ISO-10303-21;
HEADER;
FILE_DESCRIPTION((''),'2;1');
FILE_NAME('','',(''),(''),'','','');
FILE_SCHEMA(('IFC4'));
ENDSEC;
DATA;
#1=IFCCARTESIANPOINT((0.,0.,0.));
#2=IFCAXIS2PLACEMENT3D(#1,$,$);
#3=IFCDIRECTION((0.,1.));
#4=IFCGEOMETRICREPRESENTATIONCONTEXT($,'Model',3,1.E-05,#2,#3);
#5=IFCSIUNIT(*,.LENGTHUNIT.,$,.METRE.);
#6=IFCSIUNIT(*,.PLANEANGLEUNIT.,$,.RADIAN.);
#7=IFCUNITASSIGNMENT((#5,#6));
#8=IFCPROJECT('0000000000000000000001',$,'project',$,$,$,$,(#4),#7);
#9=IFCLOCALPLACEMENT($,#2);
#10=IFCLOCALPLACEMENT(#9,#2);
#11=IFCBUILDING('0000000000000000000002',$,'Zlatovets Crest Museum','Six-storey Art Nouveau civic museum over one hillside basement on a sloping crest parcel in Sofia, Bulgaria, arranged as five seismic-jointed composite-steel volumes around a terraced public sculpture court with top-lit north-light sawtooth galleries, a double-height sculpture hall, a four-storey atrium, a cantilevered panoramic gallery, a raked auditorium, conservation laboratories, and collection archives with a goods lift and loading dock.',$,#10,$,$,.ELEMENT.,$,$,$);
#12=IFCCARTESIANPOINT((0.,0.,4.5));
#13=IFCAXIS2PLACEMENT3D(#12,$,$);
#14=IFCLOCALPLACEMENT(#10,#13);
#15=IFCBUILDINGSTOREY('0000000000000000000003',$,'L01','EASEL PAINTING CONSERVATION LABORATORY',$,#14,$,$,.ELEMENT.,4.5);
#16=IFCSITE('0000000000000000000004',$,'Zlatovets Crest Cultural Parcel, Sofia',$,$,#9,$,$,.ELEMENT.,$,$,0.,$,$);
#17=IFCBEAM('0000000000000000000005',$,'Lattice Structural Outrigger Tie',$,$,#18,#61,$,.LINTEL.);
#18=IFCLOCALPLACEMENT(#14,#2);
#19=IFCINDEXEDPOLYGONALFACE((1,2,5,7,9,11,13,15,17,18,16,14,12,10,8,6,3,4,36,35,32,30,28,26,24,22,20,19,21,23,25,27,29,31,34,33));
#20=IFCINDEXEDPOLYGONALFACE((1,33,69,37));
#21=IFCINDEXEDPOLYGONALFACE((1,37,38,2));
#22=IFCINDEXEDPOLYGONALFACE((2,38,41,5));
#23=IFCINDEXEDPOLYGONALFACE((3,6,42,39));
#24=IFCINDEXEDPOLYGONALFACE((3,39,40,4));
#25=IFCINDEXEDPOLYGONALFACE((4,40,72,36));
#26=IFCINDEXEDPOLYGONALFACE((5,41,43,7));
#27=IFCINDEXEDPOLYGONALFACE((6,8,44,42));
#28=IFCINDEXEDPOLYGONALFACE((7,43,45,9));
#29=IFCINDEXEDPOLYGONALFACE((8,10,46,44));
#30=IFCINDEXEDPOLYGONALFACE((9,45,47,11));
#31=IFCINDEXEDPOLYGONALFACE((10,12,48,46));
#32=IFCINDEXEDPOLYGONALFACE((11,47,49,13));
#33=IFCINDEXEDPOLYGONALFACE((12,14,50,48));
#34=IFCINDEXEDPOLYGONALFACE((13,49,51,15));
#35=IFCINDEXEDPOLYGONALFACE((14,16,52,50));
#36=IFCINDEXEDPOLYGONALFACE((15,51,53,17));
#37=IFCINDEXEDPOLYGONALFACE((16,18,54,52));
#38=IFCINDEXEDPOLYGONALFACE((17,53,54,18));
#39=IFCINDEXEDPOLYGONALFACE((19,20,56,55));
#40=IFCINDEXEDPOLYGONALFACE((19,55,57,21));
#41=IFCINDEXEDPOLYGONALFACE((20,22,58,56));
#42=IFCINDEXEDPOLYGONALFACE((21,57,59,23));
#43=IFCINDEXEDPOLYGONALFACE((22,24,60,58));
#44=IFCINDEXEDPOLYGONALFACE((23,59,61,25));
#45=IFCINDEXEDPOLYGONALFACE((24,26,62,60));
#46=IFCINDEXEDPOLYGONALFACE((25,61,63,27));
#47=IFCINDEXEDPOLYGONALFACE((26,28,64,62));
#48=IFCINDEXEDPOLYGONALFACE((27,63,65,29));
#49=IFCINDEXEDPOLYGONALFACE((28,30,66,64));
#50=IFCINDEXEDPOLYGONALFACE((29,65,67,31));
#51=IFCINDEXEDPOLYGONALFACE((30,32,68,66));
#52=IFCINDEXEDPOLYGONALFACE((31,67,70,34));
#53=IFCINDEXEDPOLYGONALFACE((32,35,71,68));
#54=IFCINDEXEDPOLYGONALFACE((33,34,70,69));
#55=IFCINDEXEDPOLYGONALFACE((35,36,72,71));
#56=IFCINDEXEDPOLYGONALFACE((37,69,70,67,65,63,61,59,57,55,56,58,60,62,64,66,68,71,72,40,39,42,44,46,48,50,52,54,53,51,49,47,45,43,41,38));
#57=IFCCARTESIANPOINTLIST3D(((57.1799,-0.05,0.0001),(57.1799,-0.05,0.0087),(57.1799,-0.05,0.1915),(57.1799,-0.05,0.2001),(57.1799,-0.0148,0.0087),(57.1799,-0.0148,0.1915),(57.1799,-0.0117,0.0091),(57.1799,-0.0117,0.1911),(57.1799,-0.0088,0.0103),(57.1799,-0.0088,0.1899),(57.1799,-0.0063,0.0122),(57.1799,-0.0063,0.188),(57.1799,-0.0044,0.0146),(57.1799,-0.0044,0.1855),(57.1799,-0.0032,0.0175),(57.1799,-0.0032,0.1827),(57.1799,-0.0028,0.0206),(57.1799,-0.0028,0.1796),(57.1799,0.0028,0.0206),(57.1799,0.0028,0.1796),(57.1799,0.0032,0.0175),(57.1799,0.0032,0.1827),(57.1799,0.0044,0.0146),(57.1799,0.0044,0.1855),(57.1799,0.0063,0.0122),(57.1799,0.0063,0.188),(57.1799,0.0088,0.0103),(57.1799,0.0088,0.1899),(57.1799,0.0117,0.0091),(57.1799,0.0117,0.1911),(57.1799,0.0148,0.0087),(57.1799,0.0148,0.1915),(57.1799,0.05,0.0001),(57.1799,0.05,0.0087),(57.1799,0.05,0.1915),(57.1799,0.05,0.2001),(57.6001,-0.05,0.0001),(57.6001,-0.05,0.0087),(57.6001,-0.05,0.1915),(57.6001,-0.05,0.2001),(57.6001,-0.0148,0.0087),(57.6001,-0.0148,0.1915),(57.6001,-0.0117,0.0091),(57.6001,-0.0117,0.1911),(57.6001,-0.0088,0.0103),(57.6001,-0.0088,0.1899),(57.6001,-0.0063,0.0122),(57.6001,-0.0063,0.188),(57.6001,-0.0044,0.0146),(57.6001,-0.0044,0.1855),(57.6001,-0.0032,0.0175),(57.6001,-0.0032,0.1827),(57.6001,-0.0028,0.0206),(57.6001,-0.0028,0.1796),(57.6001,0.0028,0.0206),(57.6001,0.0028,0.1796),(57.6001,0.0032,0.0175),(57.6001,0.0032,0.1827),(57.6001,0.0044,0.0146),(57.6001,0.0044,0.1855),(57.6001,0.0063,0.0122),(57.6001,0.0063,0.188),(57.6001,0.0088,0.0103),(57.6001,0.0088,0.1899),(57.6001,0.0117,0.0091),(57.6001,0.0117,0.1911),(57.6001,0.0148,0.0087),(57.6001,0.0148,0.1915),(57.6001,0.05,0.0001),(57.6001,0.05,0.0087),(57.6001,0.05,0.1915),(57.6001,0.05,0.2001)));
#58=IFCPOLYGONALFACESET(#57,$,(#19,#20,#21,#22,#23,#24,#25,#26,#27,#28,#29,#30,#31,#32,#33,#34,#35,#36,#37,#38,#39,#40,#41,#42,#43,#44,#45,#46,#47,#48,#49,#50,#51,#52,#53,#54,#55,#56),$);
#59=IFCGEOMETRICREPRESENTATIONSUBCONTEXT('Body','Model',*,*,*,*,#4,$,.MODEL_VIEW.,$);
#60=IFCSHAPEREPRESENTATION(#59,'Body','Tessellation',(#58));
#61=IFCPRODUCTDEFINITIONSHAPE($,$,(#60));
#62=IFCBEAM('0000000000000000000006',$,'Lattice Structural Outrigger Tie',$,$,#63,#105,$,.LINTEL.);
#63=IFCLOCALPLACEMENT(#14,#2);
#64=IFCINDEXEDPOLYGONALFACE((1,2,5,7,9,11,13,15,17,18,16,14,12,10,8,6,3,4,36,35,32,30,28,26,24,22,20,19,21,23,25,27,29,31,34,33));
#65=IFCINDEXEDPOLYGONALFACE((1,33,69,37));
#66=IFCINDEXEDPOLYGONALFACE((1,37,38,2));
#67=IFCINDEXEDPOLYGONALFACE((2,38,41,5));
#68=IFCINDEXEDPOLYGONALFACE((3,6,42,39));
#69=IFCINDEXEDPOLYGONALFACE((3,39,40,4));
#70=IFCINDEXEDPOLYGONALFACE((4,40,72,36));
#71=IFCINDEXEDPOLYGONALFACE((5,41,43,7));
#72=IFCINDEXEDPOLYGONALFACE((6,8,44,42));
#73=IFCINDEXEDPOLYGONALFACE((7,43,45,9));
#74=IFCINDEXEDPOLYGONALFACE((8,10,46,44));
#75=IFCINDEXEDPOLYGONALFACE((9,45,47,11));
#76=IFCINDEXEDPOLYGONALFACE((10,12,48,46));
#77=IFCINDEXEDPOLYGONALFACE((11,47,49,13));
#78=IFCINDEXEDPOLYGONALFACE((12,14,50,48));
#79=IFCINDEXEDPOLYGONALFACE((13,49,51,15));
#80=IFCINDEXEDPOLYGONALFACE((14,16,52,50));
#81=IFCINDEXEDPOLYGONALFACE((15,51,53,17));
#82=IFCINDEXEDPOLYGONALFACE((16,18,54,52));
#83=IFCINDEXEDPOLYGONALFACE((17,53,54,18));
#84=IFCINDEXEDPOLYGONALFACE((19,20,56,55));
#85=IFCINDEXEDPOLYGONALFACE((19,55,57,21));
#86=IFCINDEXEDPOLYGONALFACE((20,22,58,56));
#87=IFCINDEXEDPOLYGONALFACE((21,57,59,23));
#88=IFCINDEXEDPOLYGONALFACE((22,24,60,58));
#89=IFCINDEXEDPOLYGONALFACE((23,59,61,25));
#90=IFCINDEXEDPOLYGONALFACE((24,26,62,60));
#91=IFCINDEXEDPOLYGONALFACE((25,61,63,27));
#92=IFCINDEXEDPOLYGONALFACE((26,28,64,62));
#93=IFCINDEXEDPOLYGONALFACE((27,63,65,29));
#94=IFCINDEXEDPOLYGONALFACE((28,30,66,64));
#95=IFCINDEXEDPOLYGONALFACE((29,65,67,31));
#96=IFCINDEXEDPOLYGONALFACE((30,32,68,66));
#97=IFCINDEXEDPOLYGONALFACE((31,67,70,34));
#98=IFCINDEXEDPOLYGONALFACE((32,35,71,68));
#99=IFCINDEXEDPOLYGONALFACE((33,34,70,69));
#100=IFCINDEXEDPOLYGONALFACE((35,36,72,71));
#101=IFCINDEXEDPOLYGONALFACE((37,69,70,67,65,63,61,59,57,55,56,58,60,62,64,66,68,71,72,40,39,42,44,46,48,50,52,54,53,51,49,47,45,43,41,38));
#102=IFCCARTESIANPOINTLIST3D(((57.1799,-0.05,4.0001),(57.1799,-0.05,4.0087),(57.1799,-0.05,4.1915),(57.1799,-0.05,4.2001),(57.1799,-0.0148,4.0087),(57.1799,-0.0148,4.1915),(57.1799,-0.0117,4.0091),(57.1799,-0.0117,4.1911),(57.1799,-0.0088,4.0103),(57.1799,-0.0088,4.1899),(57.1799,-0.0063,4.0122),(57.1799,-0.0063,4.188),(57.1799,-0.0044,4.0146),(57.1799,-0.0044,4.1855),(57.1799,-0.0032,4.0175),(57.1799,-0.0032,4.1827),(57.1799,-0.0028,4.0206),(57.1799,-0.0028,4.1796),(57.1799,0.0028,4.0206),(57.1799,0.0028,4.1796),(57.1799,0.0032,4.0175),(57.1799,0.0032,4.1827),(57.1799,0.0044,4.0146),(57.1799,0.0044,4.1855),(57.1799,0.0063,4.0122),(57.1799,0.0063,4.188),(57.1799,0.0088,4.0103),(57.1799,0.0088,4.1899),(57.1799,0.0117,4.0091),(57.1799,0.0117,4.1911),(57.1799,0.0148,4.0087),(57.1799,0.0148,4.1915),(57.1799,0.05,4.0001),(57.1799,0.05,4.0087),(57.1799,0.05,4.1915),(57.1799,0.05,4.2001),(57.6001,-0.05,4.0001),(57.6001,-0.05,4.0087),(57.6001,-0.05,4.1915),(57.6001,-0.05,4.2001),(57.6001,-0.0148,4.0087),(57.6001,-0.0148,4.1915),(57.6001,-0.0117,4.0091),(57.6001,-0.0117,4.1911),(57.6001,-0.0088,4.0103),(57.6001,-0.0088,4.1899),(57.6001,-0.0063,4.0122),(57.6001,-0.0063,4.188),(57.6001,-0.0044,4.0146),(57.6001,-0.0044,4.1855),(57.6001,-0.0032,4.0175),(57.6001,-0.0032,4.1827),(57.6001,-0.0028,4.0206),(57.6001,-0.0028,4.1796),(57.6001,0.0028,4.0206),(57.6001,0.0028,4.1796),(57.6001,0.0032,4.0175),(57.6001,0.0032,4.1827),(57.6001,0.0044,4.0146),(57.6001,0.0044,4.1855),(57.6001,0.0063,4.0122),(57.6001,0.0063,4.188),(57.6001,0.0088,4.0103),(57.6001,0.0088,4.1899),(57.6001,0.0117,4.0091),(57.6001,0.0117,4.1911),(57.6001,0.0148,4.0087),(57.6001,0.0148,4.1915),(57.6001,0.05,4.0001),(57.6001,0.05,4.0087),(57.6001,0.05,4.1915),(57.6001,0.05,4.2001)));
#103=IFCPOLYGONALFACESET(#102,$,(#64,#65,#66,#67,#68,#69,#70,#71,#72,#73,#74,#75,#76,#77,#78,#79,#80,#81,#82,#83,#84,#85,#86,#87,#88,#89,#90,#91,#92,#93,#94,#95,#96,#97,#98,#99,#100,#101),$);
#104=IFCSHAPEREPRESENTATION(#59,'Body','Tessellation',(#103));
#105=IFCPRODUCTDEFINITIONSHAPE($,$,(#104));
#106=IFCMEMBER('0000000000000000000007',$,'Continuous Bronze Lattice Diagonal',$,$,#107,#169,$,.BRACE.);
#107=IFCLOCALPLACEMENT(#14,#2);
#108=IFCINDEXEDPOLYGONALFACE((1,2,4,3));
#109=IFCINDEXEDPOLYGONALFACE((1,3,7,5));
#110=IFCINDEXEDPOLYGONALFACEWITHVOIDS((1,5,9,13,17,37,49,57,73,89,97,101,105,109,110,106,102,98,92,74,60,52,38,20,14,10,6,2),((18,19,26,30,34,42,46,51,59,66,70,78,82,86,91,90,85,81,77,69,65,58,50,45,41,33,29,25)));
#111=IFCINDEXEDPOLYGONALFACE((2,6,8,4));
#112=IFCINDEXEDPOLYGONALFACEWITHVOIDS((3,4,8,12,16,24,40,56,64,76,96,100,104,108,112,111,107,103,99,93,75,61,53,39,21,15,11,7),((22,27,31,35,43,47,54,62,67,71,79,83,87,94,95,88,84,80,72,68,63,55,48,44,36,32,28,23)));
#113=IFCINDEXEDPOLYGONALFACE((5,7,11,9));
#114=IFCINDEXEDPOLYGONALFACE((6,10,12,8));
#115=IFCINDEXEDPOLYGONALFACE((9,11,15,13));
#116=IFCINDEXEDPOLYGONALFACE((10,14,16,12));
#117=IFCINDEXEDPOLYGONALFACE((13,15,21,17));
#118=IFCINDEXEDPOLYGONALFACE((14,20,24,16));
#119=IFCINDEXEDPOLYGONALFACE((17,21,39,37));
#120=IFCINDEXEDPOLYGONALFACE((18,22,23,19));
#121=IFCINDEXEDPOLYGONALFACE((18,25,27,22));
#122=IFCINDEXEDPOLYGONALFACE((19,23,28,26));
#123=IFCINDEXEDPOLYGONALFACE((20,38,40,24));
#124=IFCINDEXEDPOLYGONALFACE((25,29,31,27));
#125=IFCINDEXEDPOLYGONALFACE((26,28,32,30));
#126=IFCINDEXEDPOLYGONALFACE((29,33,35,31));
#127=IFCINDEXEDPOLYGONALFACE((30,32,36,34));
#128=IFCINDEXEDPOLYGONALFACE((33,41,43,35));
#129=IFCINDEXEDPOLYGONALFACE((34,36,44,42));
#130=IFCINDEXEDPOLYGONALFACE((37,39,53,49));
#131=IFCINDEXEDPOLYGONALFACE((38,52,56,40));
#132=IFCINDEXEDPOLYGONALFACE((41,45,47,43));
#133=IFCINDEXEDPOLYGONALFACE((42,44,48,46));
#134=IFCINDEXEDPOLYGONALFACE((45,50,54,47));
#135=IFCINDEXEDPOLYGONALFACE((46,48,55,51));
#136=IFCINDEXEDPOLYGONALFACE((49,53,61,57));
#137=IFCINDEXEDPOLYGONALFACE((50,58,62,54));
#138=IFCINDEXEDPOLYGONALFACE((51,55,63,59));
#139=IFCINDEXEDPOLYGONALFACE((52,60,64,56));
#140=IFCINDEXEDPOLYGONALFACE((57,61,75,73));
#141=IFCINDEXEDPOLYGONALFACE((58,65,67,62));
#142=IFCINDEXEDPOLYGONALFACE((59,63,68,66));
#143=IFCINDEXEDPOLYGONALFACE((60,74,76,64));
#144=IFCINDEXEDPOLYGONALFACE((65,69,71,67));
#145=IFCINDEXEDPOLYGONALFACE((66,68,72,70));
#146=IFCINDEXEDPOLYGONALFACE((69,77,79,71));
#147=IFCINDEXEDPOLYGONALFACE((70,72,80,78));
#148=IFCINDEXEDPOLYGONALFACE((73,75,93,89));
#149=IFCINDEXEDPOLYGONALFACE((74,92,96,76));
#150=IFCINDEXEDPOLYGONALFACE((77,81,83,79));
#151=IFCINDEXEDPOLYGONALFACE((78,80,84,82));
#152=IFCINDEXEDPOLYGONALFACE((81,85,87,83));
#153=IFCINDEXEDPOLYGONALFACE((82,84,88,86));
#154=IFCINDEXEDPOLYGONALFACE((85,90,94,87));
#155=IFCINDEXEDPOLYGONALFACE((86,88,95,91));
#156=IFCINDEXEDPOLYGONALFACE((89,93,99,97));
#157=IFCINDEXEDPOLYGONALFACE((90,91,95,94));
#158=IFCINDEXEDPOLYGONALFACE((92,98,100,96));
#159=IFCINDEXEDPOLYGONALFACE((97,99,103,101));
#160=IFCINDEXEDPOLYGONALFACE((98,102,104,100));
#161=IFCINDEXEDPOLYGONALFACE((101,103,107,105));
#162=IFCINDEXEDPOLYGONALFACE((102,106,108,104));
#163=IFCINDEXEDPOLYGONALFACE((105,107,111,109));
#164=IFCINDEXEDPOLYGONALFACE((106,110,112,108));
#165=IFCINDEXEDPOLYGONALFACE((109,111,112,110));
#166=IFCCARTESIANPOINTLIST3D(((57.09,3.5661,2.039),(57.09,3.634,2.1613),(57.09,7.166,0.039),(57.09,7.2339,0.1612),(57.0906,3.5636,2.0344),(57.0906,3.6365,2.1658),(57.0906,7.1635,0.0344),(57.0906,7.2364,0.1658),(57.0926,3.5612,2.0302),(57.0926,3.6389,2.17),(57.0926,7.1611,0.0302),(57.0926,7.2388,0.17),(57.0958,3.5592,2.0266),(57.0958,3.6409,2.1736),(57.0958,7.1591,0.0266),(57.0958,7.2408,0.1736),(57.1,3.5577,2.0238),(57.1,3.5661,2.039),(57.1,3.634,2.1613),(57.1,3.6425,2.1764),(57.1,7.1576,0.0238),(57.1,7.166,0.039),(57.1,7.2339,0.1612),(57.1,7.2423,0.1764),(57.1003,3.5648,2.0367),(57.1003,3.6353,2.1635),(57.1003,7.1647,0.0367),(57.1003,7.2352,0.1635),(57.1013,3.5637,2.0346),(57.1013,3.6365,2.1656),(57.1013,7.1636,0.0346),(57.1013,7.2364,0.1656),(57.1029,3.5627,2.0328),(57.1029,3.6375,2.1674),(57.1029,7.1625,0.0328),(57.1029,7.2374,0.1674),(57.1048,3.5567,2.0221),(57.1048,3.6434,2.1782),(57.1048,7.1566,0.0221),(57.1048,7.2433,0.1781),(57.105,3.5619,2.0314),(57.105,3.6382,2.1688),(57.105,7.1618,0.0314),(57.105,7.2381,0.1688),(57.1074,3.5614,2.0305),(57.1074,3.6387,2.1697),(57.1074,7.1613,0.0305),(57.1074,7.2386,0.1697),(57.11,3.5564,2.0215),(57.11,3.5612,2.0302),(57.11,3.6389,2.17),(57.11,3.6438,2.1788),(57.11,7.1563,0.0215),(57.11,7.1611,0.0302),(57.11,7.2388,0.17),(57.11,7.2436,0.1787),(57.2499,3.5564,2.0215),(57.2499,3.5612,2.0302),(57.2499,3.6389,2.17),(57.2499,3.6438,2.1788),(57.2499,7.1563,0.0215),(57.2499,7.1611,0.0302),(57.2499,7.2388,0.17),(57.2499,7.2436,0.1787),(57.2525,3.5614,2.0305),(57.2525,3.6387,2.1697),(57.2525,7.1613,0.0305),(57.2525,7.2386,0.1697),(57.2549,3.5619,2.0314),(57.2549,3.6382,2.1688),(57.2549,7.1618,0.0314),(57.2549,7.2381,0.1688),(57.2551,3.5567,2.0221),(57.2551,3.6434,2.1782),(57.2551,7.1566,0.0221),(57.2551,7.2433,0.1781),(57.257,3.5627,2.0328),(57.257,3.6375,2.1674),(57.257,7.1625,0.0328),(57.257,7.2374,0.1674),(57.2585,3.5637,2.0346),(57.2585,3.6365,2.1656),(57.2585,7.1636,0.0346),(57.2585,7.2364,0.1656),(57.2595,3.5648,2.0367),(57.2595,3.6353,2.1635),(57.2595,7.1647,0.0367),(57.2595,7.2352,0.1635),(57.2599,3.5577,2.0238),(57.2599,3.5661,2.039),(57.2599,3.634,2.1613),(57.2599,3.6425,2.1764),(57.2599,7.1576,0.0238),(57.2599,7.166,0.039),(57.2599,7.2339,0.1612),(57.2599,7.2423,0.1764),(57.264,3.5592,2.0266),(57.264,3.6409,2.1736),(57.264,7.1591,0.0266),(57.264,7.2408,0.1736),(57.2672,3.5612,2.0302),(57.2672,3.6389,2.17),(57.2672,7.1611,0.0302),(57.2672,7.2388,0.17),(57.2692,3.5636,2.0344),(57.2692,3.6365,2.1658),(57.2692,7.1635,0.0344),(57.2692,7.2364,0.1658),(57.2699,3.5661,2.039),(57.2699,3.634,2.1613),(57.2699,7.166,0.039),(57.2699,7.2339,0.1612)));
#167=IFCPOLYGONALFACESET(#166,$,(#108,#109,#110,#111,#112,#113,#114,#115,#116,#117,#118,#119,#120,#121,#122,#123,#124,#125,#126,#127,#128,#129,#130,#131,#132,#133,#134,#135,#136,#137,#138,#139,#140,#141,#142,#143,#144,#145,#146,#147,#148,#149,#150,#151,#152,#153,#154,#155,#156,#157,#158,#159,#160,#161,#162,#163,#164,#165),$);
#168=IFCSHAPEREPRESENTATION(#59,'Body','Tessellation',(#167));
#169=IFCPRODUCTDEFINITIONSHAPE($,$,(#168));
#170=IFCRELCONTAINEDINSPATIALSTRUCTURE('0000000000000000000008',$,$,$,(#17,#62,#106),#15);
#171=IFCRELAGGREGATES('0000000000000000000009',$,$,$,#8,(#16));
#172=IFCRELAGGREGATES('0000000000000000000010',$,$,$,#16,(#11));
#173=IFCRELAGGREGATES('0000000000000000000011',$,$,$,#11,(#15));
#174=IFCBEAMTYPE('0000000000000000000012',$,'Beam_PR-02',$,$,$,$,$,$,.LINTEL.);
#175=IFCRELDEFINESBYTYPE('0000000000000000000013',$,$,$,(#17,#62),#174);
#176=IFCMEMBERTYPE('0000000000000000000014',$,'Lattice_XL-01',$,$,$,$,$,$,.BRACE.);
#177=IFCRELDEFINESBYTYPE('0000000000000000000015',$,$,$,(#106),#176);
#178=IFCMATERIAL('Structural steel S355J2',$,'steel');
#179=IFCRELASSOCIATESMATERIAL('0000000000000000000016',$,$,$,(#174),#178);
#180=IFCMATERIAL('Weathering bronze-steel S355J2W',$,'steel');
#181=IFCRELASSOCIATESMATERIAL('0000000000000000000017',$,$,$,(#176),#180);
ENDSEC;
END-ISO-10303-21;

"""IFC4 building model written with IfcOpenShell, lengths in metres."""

from ifc_helpers import new_model, si_unit, direction, frame, origin, origin_2d, place, context, subcontext, project, spatial, hollow_rectangle, i_section, extrude, material, material_profile, profile_set, type_object, element, save


model = new_model("IFC4")

# Units and contexts
model_context = context("Model", 3, precision=1e-05, world=origin(), true_north=direction((0.0, 1.0)))
body_context = subcontext(model_context, "Body", "Model", "MODEL_VIEW")
ifc_project = project(units=[si_unit("LENGTHUNIT", "METRE"), si_unit("PLANEANGLEUNIT", "RADIAN")], contexts=[model_context])

# Site, building, storey
site_placement = place(None, origin())
site = spatial("IfcSite", under=ifc_project, at=site_placement, Name="Zlatovets Crest Cultural Parcel, Sofia", CompositionType="ELEMENT", RefElevation=0.0)
building_placement = place(site_placement, origin())
building = spatial("IfcBuilding", under=site, at=building_placement, Name="Zlatovets Crest Museum", Description="Six-storey Art Nouveau civic museum over one hillside basement on a sloping crest parcel in Sofia, Bulgaria, arranged as five seismic-jointed composite-steel volumes around a terraced public sculpture court with top-lit north-light sawtooth galleries, a double-height sculpture hall, a four-storey atrium, a cantilevered panoramic gallery, a raked auditorium, conservation laboratories, and collection archives with a goods lift and loading dock.", CompositionType="ELEMENT")
storey_placement = place(building_placement, frame((0.0, 0.0, 4.5)))
storey = spatial("IfcBuildingStorey", under=building, at=storey_placement, Name="L01", Description="EASEL PAINTING CONSERVATION LABORATORY", CompositionType="ELEMENT", Elevation=4.5)

# Shared definitions
ifc_material_1 = material(Name="Structural steel S355J2", Category="steel")

# Beams
ifc_material_profile_1 = material_profile(ifc_material_1, i_section(OverallWidth=0.1001, OverallDepth=0.2, WebThickness=0.0056, FlangeThickness=0.0085, FilletRadius=0.012, at=origin_2d()), Name="IPE 200")
ifc_profile_set_1 = profile_set([ifc_material_profile_1], Name="Structural steel S355J2")
beam_type_1 = type_object("IfcBeamType", Name="Beam_PR-02", PredefinedType="LINTEL", material=ifc_profile_set_1)
for number, where, z_axis, x_axis, name in (
    (1, (57.6001, 0.0, 0.1001), (-1.0, 0.0, 0.0), (0.0, -1.0, 0.0), "Lattice Structural Outrigger Tie"),
    (2, (57.6001, 0.0, 4.1001), (-1.0, 0.0, 0.0), (0.0, -1.0, 0.0), "Lattice Structural Outrigger Tie"),
):
    element("IfcBeam", number, at=place(storey_placement, frame(where, z_axis=z_axis, x_axis=x_axis)), inside=storey, type_object=beam_type_1, Name=name, PredefinedType="LINTEL", context=body_context, shape_type="SweptSolid", body=[
        extrude(i_section(OverallWidth=0.1001, OverallDepth=0.2, WebThickness=0.0056, FlangeThickness=0.0085, FilletRadius=0.012, at=origin_2d()), origin(), (0.0, 0.0, 1.0), 0.4202),
    ])

# Member
ifc_material_2 = material(Name="Weathering bronze-steel S355J2W", Category="steel")
ifc_material_profile_2 = material_profile(ifc_material_2, hollow_rectangle(XDim=0.1799, YDim=0.1799, WallThickness=0.01, InnerFilletRadius=0.01, OuterFilletRadius=0.02, at=origin_2d()), Name="SHS 180x180x10.0")
ifc_profile_set_2 = profile_set([ifc_material_profile_2], Name="Weathering bronze-steel S355J2W")
member_type_1 = type_object("IfcMemberType", Name="Lattice_XL-01", PredefinedType="BRACE", material=ifc_profile_set_2)
member_1_placement = place(storey_placement, frame((57.1799, 7.2, 0.1001), z_axis=(0.0, -0.874149, 0.485658), x_axis=(1.0, 0.0, 0.0)))
element("IfcMember", 3, at=member_1_placement, inside=storey, type_object=member_type_1, Name="Continuous Bronze Lattice Diagonal", PredefinedType="BRACE", context=body_context, shape_type="SweptSolid", body=[
    extrude(hollow_rectangle(XDim=0.1799, YDim=0.1799, WallThickness=0.01, InnerFilletRadius=0.01, OuterFilletRadius=0.02, at=origin_2d()), origin(), (0.0, 0.0, 1.0), 4.1182),
])

save(model, "model.ifc")
